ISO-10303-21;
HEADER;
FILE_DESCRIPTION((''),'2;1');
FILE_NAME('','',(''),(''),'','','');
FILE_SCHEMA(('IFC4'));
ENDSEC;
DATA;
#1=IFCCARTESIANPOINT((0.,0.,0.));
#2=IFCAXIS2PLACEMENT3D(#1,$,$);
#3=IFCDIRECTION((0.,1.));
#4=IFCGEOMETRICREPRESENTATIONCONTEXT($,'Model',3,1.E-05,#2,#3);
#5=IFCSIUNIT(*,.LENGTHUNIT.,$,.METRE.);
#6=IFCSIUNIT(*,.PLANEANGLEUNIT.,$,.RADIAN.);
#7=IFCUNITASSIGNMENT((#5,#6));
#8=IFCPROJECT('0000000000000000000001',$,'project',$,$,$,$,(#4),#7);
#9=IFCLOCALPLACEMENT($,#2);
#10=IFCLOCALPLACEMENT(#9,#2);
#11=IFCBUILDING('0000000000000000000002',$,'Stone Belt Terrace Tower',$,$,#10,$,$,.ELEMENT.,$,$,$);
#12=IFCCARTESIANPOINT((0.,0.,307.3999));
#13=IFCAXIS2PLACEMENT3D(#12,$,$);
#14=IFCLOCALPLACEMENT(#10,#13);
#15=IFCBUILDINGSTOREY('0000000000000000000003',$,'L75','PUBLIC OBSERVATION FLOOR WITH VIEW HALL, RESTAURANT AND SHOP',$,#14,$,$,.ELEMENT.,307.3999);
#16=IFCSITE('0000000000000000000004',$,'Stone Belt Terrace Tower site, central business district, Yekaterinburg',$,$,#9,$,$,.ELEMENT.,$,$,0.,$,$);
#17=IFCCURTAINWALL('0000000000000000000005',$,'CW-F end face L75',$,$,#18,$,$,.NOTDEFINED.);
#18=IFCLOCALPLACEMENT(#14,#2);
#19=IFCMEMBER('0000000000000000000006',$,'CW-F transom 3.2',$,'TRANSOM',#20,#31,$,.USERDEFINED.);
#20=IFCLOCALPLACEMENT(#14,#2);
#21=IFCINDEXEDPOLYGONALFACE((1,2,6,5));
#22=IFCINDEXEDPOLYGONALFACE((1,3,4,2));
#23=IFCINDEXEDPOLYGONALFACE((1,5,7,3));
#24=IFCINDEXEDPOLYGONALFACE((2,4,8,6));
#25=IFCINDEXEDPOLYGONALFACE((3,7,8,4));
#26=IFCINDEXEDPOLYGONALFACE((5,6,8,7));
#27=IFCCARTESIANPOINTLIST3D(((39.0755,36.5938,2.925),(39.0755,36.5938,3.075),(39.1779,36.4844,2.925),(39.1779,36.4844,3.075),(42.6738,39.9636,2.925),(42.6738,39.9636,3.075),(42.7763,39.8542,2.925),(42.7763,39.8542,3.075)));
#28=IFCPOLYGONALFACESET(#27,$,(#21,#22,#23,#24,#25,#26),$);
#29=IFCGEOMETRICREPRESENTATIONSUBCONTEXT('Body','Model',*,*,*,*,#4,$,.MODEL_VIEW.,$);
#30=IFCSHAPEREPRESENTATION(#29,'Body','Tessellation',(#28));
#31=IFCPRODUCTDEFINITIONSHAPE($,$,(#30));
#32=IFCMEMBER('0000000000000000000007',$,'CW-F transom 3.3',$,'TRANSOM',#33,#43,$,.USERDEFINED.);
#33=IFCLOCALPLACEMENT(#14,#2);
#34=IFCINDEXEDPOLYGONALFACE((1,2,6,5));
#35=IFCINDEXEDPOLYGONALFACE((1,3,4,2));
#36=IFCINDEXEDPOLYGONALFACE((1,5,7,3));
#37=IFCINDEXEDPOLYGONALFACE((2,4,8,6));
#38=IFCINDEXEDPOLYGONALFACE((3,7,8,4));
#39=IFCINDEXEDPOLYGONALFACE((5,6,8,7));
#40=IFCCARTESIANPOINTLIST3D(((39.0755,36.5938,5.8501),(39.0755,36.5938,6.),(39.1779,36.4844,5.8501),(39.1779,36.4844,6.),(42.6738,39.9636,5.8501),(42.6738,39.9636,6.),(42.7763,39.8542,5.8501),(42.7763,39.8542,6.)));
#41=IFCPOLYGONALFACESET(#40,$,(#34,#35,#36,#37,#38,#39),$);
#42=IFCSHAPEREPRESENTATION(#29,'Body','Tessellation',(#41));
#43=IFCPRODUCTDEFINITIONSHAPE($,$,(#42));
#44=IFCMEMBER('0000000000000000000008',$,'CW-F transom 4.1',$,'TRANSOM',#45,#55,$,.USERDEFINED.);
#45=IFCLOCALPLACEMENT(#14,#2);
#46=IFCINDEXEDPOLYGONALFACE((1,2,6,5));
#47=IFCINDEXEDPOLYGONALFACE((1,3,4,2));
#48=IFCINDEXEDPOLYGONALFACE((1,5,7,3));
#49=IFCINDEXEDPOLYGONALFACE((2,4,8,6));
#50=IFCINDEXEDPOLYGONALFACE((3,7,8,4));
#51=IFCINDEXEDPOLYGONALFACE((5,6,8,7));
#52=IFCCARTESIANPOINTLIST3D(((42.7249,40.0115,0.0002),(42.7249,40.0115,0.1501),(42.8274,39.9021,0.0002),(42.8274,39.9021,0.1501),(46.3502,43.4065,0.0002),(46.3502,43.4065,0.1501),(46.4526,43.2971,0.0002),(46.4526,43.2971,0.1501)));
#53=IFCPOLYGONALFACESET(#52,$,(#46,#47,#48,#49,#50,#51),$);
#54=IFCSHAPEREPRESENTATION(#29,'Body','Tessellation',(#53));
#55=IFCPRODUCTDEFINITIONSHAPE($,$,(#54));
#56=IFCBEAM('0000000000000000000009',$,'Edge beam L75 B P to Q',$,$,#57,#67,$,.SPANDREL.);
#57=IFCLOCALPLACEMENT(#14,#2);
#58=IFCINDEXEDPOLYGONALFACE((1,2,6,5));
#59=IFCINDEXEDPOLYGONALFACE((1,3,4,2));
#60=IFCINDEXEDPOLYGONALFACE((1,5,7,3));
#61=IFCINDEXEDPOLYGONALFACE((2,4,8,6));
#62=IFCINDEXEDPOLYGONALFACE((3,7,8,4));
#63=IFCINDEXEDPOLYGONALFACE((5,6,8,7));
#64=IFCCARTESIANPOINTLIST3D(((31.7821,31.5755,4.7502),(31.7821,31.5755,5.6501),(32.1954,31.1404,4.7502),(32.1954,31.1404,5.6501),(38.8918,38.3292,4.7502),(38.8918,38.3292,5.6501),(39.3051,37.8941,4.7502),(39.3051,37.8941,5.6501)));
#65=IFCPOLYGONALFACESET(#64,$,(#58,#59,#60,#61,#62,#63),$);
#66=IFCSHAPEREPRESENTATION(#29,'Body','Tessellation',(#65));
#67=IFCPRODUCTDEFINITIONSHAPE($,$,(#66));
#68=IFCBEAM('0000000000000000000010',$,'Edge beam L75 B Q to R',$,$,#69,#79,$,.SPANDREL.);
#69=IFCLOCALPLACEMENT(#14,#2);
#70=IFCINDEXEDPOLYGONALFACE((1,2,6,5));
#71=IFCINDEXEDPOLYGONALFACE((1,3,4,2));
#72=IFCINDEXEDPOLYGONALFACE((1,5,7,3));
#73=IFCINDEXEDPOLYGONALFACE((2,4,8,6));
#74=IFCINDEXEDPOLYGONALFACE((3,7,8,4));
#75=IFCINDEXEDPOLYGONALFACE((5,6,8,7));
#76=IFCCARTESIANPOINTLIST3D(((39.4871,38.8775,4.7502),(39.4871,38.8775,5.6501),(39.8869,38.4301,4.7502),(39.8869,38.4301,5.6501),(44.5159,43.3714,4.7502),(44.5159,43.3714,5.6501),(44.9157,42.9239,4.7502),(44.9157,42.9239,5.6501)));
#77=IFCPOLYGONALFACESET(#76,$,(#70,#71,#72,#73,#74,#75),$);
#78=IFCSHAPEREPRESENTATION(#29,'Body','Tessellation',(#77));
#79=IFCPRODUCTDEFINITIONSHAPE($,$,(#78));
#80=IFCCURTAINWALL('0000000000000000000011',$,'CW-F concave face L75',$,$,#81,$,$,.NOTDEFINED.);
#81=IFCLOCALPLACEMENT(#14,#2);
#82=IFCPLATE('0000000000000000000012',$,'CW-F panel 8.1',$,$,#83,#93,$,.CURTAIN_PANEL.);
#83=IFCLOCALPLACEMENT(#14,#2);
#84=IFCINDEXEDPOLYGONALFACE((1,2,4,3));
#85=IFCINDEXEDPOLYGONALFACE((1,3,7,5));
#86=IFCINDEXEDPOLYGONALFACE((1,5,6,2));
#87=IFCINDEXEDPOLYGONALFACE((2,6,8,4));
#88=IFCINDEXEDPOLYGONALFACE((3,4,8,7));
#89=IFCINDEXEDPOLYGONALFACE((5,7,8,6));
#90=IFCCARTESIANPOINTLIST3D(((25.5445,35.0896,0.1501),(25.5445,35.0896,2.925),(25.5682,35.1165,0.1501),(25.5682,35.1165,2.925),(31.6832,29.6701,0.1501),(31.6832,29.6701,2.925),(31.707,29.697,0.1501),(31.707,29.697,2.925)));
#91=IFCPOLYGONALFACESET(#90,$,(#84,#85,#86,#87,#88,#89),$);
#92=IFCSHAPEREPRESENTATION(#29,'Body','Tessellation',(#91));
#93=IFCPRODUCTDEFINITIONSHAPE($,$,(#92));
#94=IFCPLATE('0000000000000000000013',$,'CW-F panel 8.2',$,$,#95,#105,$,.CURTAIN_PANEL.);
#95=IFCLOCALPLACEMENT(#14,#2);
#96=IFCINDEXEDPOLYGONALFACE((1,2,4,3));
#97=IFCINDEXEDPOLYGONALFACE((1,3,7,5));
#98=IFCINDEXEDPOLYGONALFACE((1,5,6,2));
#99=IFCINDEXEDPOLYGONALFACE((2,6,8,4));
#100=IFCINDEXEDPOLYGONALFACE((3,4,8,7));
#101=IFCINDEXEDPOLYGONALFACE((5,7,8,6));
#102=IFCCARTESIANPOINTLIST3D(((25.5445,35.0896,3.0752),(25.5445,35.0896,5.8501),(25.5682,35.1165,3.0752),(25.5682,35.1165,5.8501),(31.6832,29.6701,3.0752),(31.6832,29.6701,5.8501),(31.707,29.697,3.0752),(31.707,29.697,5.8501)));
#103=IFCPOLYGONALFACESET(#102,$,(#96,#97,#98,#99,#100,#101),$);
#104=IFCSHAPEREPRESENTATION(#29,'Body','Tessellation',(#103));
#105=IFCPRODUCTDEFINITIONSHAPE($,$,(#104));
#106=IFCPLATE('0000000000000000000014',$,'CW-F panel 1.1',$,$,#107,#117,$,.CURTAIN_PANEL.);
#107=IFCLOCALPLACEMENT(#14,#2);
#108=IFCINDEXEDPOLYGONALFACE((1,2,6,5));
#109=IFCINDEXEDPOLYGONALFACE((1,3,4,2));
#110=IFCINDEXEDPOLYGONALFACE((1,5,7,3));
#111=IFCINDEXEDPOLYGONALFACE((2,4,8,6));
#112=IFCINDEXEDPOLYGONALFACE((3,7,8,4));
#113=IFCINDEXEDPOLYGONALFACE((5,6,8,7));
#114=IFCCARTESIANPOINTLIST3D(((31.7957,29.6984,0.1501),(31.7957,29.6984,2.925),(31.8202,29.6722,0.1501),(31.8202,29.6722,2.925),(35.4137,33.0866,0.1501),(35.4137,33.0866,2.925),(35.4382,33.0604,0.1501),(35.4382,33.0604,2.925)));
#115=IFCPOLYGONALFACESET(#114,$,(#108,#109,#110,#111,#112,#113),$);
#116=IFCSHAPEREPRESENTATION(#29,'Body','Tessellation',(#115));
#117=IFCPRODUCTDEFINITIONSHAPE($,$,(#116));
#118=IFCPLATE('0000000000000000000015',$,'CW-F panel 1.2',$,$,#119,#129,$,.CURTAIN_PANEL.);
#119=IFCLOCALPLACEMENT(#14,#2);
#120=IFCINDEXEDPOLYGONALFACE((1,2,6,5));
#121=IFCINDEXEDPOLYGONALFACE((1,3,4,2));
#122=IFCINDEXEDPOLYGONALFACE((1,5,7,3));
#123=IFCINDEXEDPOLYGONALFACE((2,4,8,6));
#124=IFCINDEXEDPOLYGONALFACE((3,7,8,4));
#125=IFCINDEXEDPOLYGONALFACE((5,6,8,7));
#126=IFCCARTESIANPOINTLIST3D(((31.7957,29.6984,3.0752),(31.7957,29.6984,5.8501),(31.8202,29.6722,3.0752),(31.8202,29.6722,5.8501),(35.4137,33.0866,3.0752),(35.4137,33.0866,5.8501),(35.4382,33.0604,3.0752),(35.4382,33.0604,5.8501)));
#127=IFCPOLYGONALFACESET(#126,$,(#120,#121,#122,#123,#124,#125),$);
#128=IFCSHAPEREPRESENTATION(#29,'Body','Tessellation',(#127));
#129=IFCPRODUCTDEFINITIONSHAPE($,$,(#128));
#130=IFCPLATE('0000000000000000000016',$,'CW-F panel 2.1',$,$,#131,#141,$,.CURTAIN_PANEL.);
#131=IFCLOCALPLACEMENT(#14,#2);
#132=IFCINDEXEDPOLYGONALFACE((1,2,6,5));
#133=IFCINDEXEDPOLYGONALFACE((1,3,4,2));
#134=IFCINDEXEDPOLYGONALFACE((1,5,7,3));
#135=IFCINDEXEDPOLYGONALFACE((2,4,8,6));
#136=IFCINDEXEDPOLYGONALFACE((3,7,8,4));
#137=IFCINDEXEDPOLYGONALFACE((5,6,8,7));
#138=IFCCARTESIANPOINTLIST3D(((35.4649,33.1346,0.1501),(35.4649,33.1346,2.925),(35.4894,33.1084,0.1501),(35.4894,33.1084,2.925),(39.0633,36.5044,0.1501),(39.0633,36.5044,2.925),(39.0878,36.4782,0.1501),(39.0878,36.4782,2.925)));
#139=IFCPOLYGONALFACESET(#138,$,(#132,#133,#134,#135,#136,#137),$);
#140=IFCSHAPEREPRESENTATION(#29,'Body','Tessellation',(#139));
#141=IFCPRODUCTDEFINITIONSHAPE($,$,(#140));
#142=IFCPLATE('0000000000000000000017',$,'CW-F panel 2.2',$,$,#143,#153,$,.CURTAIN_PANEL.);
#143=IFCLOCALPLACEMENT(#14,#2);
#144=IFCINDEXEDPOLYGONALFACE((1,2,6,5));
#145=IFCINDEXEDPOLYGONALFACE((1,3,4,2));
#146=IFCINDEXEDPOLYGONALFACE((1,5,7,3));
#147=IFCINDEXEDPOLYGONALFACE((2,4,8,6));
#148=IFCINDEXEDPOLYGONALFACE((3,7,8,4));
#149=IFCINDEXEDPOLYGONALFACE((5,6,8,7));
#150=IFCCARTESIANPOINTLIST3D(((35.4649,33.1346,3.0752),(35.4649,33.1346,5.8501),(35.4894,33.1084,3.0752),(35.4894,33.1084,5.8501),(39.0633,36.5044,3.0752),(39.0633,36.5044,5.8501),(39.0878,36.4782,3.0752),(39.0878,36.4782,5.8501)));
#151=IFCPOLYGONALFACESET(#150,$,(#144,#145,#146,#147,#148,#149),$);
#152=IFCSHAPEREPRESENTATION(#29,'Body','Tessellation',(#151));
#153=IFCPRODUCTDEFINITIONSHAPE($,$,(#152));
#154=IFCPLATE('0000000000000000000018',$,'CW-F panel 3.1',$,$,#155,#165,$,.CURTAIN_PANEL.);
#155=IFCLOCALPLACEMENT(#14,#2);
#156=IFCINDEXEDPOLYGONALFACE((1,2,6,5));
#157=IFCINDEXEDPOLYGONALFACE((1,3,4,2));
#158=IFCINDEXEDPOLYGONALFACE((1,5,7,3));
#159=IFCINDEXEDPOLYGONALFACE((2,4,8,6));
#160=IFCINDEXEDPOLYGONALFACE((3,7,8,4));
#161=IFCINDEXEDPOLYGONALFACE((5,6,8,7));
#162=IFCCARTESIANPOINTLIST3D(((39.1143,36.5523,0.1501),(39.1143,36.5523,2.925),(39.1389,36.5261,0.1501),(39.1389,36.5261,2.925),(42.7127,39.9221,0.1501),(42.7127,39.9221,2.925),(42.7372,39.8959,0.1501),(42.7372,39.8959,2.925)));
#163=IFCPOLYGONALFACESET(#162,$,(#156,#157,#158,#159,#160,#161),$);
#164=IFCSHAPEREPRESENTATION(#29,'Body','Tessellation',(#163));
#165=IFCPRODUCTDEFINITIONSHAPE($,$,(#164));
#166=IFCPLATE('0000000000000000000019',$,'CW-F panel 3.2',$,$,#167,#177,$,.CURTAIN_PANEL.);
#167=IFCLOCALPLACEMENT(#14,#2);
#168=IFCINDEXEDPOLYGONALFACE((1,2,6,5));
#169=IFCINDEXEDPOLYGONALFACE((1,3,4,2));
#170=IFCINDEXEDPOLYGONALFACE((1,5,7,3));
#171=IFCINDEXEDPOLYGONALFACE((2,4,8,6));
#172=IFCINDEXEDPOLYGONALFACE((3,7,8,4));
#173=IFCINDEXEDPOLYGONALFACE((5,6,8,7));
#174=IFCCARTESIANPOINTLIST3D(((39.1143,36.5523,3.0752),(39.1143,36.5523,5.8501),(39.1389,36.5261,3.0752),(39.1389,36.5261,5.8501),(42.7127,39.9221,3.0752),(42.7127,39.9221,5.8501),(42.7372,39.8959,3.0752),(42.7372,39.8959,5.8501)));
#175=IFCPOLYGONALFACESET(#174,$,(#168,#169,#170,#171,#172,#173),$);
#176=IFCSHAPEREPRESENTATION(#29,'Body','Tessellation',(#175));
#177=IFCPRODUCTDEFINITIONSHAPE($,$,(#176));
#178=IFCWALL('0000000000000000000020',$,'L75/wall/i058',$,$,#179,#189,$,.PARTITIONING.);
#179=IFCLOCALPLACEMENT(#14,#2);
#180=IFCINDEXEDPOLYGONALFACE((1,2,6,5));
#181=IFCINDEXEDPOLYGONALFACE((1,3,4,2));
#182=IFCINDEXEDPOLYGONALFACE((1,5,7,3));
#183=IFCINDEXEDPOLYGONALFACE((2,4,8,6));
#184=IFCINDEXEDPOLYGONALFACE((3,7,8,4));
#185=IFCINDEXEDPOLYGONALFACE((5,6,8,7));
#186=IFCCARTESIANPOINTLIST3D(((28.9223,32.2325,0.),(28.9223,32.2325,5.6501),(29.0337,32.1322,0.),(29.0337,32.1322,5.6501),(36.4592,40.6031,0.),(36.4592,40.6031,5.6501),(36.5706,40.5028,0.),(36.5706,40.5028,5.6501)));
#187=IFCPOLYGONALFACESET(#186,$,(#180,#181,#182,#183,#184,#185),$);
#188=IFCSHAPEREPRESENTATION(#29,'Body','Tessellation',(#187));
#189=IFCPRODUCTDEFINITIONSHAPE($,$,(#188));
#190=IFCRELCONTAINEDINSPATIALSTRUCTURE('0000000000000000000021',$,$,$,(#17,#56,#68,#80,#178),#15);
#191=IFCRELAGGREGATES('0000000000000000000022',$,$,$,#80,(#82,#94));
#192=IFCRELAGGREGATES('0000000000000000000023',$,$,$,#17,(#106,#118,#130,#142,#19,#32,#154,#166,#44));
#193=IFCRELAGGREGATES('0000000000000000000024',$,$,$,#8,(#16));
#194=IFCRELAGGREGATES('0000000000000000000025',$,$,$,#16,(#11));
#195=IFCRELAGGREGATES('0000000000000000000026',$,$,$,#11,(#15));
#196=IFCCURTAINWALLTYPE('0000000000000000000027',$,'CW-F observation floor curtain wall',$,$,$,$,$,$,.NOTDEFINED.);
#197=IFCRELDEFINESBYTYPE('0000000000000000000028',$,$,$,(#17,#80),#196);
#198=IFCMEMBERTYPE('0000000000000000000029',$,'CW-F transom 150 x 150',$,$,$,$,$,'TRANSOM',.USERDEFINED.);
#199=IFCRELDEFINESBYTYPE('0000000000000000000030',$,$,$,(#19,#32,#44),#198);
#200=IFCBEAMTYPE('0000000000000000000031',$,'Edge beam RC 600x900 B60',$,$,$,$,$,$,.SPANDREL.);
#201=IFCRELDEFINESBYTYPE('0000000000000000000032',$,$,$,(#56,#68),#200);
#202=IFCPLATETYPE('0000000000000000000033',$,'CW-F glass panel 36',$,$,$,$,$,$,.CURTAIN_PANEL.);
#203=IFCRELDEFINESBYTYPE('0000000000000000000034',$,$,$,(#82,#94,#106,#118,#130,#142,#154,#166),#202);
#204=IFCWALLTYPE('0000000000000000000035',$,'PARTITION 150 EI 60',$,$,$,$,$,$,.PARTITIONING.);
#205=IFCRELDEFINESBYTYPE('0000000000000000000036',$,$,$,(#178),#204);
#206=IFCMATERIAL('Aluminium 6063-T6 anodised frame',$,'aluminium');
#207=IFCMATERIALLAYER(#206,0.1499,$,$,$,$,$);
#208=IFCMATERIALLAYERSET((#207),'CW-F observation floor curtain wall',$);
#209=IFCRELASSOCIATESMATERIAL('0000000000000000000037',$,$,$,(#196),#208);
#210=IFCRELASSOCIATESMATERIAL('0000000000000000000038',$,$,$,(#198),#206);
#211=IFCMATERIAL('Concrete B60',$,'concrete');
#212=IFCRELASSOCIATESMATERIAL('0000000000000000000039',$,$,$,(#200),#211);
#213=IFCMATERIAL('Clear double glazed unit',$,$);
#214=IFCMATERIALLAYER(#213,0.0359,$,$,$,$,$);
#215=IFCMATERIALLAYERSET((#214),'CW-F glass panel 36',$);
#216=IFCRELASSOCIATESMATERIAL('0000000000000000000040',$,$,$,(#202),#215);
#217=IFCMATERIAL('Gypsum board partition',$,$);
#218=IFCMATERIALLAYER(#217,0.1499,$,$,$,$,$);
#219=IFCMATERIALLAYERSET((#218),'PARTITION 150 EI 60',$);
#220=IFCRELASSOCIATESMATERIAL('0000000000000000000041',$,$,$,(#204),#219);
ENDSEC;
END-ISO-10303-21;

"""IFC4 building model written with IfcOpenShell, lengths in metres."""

from ifc_helpers import new_model, si_unit, direction, frame, frame_2d, origin, origin_2d, place, context, subcontext, project, spatial, rectangle, extrude, material, layer, layer_set, material_profile, profile_set, type_object, element, aggregate, save


model = new_model("IFC4")

# Units and contexts
model_context = context("Model", 3, precision=1e-05, world=origin(), true_north=direction((0.0, 1.0)))
body_context = subcontext(model_context, "Body", "Model", "MODEL_VIEW")
ifc_project = project(units=[si_unit("LENGTHUNIT", "METRE"), si_unit("PLANEANGLEUNIT", "RADIAN")], contexts=[model_context])

# Site, building, storey
site_placement = place(None, origin())
site = spatial("IfcSite", under=ifc_project, at=site_placement, Name="Stone Belt Terrace Tower site, central business district, Yekaterinburg", CompositionType="ELEMENT", RefElevation=0.0)
building_placement = place(site_placement, origin())
building = spatial("IfcBuilding", under=site, at=building_placement, Name="Stone Belt Terrace Tower", CompositionType="ELEMENT")
storey_placement = place(building_placement, frame((0.0, 0.0, 307.3999)))
storey = spatial("IfcBuildingStorey", under=building, at=storey_placement, Name="L75", Description="PUBLIC OBSERVATION FLOOR WITH VIEW HALL, RESTAURANT AND SHOP", CompositionType="ELEMENT", Elevation=307.3999)

# Shared definitions
ifc_material_1 = material(Name="Concrete B60", Category="concrete")

# Curtain wall, members
ifc_material_2 = material(Name="Aluminium 6063-T6 anodised frame", Category="aluminium")
ifc_layer_1 = layer(ifc_material_2, 0.1499)
ifc_layer_set_1 = layer_set([ifc_layer_1], Name="CW-F observation floor curtain wall")
curtain_wall_type = type_object("IfcCurtainWallType", Name="CW-F observation floor curtain wall", PredefinedType="NOTDEFINED", material=ifc_layer_set_1)
curtain_wall_1_placement = place(storey_placement, origin())
curtain_wall_1 = element("IfcCurtainWall", 1, at=curtain_wall_1_placement, inside=storey, type_object=curtain_wall_type, Name="CW-F end face L75", PredefinedType="NOTDEFINED")
ifc_material_profile_1 = material_profile(ifc_material_2, rectangle(XDim=0.1499, YDim=0.1499, at=origin_2d()), Name="Aluminium 6063-T6 150x150")
ifc_profile_set_1 = profile_set([ifc_material_profile_1], Name="Aluminium 6063-T6 anodised frame")
member_type_1 = type_object("IfcMemberType", Name="CW-F transom 150 x 150", ElementType="TRANSOM", PredefinedType="USERDEFINED", material=ifc_profile_set_1)
member_1_placement = place(storey_placement, frame((39.1267, 36.5391, 3.0), z_axis=(0.729903, 0.683551, 0.0), x_axis=(-0.683551, 0.729903, 0.0)))
member_1 = element("IfcMember", 2, at=member_1_placement, type_object=member_type_1, Name="CW-F transom 3.2", ObjectType="TRANSOM", PredefinedType="USERDEFINED", context=body_context, shape_type="SweptSolid", body=[
    extrude(rectangle(XDim=0.1499, YDim=0.1499, at=origin_2d()), origin(), (0.0, 0.0, 1.0), 4.9299),
])
member_2_placement = place(storey_placement, frame((39.1267, 36.5391, 5.925), z_axis=(0.729903, 0.683551, 0.0), x_axis=(-0.683551, 0.729903, 0.0)))
member_2 = element("IfcMember", 3, at=member_2_placement, type_object=member_type_1, Name="CW-F transom 3.3", ObjectType="TRANSOM", PredefinedType="USERDEFINED", context=body_context, shape_type="SweptSolid", body=[
    extrude(rectangle(XDim=0.1499, YDim=0.1499, at=origin_2d()), origin(), (0.0, 0.0, 1.0), 4.9299),
])
member_3_placement = place(storey_placement, frame((42.7761, 39.9568, 0.0752), z_axis=(0.729903, 0.68355, 0.0), x_axis=(-0.68355, 0.729903, 0.0)))
member_3 = element("IfcMember", 4, at=member_3_placement, type_object=member_type_1, Name="CW-F transom 4.1", ObjectType="TRANSOM", PredefinedType="USERDEFINED", context=body_context, shape_type="SweptSolid", body=[
    extrude(rectangle(XDim=0.1499, YDim=0.1499, at=origin_2d()), origin(), (0.0, 0.0, 1.0), 4.9668),
])

# Beams
ifc_material_profile_2 = material_profile(ifc_material_1, rectangle(XDim=0.6001, YDim=0.8999, at=origin_2d()), Name="RC 600x900")
ifc_profile_set_2 = profile_set([ifc_material_profile_2], Name="Concrete B60")
beam_type = type_object("IfcBeamType", Name="Edge beam RC 600x900 B60", PredefinedType="SPANDREL", material=ifc_profile_set_2)
beam_1_placement = place(storey_placement, frame((31.9888, 31.3579, 5.2002), z_axis=(0.725024, 0.688724, 0.0), x_axis=(-0.688724, 0.725024, 0.0)))
element("IfcBeam", 5, at=beam_1_placement, inside=storey, type_object=beam_type, Name="Edge beam L75 B P to Q", PredefinedType="SPANDREL", context=body_context, shape_type="SweptSolid", body=[
    extrude(rectangle(XDim=0.6001, YDim=0.8999, at=origin_2d()), origin(), (0.0, 0.0, 1.0), 9.8062),
])
beam_2_placement = place(storey_placement, frame((39.687, 38.6538, 5.2002), z_axis=(0.745651, 0.666337, 0.0), x_axis=(-0.666337, 0.745651, 0.0)))
element("IfcBeam", 6, at=beam_2_placement, inside=storey, type_object=beam_type, Name="Edge beam L75 B Q to R", PredefinedType="SPANDREL", context=body_context, shape_type="SweptSolid", body=[
    extrude(rectangle(XDim=0.6001, YDim=0.8999, at=origin_2d()), origin(), (0.0, 0.0, 1.0), 6.7441),
])

# Curtain wall, plates
curtain_wall_2_placement = place(storey_placement, origin())
curtain_wall_2 = element("IfcCurtainWall", 7, at=curtain_wall_2_placement, inside=storey, type_object=curtain_wall_type, Name="CW-F concave face L75", PredefinedType="NOTDEFINED")
ifc_material_3 = material(Name="Clear double glazed unit")
ifc_layer_2 = layer(ifc_material_3, 0.0359)
ifc_layer_set_2 = layer_set([ifc_layer_2], Name="CW-F glass panel 36")
plate_type = type_object("IfcPlateType", Name="CW-F glass panel 36", PredefinedType="CURTAIN_PANEL", material=ifc_layer_set_2)
plate_1_placement = place(storey_placement, frame((28.6257, 32.3933, 0.1501), z_axis=(0.0, 0.0, 1.0), x_axis=(0.749659, -0.661825, 0.0)))
plate_1 = element("IfcPlate", 8, at=plate_1_placement, type_object=plate_type, Name="CW-F panel 8.1", PredefinedType="CURTAIN_PANEL", context=body_context, shape_type="SweptSolid", body=[
    extrude(rectangle(XDim=8.1887, YDim=0.0359, at=origin_2d()), origin(), (0.0, 0.0, 1.0), 2.7749),
])
plate_2_placement = place(storey_placement, frame((28.6257, 32.3933, 3.0752), z_axis=(0.0, 0.0, 1.0), x_axis=(0.749659, -0.661825, 0.0)))
plate_2 = element("IfcPlate", 9, at=plate_2_placement, type_object=plate_type, Name="CW-F panel 8.2", PredefinedType="CURTAIN_PANEL", context=body_context, shape_type="SweptSolid", body=[
    extrude(rectangle(XDim=8.1887, YDim=0.0359, at=origin_2d()), origin(), (0.0, 0.0, 1.0), 2.7749),
])
aggregate(curtain_wall_2, [plate_1, plate_2])

# Plates
plate_3_placement = place(storey_placement, frame((33.6169, 31.3794, 0.1501), z_axis=(0.0, 0.0, 1.0), x_axis=(0.729904, 0.683549, 0.0)))
plate_3 = element("IfcPlate", 10, at=plate_3_placement, type_object=plate_type, Name="CW-F panel 1.1", PredefinedType="CURTAIN_PANEL", context=body_context, shape_type="SweptSolid", body=[
    extrude(rectangle(XDim=4.9568, YDim=0.0359, at=origin_2d()), origin(), (0.0, 0.0, 1.0), 2.7749),
])
plate_4_placement = place(storey_placement, frame((33.6169, 31.3794, 3.0752), z_axis=(0.0, 0.0, 1.0), x_axis=(0.729904, 0.683549, 0.0)))
plate_4 = element("IfcPlate", 11, at=plate_4_placement, type_object=plate_type, Name="CW-F panel 1.2", PredefinedType="CURTAIN_PANEL", context=body_context, shape_type="SweptSolid", body=[
    extrude(rectangle(XDim=4.9568, YDim=0.0359, at=origin_2d()), origin(), (0.0, 0.0, 1.0), 2.7749),
])
plate_5_placement = place(storey_placement, frame((37.2764, 34.8064, 0.1501), z_axis=(0.0, 0.0, 1.0), x_axis=(0.729904, 0.683549, 0.0)))
plate_5 = element("IfcPlate", 12, at=plate_5_placement, type_object=plate_type, Name="CW-F panel 2.1", PredefinedType="CURTAIN_PANEL", context=body_context, shape_type="SweptSolid", body=[
    extrude(rectangle(XDim=4.9299, YDim=0.0359, at=origin_2d()), origin(), (0.0, 0.0, 1.0), 2.7749),
])
plate_6_placement = place(storey_placement, frame((37.2764, 34.8064, 3.0752), z_axis=(0.0, 0.0, 1.0), x_axis=(0.729904, 0.683549, 0.0)))
plate_6 = element("IfcPlate", 13, at=plate_6_placement, type_object=plate_type, Name="CW-F panel 2.2", PredefinedType="CURTAIN_PANEL", context=body_context, shape_type="SweptSolid", body=[
    extrude(rectangle(XDim=4.9299, YDim=0.0359, at=origin_2d()), origin(), (0.0, 0.0, 1.0), 2.7749),
])
plate_7_placement = place(storey_placement, frame((40.9258, 38.2241, 0.1501), z_axis=(0.0, 0.0, 1.0), x_axis=(0.729904, 0.683549, 0.0)))
plate_7 = element("IfcPlate", 14, at=plate_7_placement, type_object=plate_type, Name="CW-F panel 3.1", PredefinedType="CURTAIN_PANEL", context=body_context, shape_type="SweptSolid", body=[
    extrude(rectangle(XDim=4.9299, YDim=0.0359, at=origin_2d()), origin(), (0.0, 0.0, 1.0), 2.7749),
])
plate_8_placement = place(storey_placement, frame((40.9258, 38.2241, 3.0752), z_axis=(0.0, 0.0, 1.0), x_axis=(0.729904, 0.683549, 0.0)))
plate_8 = element("IfcPlate", 15, at=plate_8_placement, type_object=plate_type, Name="CW-F panel 3.2", PredefinedType="CURTAIN_PANEL", context=body_context, shape_type="SweptSolid", body=[
    extrude(rectangle(XDim=4.9299, YDim=0.0359, at=origin_2d()), origin(), (0.0, 0.0, 1.0), 2.7749),
])
aggregate(curtain_wall_1, [plate_3, plate_4, plate_5, plate_6, member_1, member_2, plate_7, plate_8, member_3])

# Wall
ifc_material_4 = material(Name="Gypsum board partition")
ifc_layer_3 = layer(ifc_material_4, 0.1499)
ifc_layer_set_3 = layer_set([ifc_layer_3], Name="PARTITION 150 EI 60")
wall_type = type_object("IfcWallType", Name="PARTITION 150 EI 60", PredefinedType="PARTITIONING", material=ifc_layer_set_3)
wall_placement = place(storey_placement, frame((28.978, 32.1824, 0.0), z_axis=(0.0, 0.0, 1.0), x_axis=(0.669128, 0.743148, 0.0)))
element("IfcWall", 16, at=wall_placement, inside=storey, type_object=wall_type, Name="L75/wall/i058", PredefinedType="PARTITIONING", context=body_context, shape_type="SweptSolid", body=[
    extrude(rectangle(XDim=11.2637, YDim=0.1499, at=frame_2d((5.6318, 0.0))), origin(), (0.0, 0.0, 1.0), 5.6501),
])

save(model, "model.ifc")
